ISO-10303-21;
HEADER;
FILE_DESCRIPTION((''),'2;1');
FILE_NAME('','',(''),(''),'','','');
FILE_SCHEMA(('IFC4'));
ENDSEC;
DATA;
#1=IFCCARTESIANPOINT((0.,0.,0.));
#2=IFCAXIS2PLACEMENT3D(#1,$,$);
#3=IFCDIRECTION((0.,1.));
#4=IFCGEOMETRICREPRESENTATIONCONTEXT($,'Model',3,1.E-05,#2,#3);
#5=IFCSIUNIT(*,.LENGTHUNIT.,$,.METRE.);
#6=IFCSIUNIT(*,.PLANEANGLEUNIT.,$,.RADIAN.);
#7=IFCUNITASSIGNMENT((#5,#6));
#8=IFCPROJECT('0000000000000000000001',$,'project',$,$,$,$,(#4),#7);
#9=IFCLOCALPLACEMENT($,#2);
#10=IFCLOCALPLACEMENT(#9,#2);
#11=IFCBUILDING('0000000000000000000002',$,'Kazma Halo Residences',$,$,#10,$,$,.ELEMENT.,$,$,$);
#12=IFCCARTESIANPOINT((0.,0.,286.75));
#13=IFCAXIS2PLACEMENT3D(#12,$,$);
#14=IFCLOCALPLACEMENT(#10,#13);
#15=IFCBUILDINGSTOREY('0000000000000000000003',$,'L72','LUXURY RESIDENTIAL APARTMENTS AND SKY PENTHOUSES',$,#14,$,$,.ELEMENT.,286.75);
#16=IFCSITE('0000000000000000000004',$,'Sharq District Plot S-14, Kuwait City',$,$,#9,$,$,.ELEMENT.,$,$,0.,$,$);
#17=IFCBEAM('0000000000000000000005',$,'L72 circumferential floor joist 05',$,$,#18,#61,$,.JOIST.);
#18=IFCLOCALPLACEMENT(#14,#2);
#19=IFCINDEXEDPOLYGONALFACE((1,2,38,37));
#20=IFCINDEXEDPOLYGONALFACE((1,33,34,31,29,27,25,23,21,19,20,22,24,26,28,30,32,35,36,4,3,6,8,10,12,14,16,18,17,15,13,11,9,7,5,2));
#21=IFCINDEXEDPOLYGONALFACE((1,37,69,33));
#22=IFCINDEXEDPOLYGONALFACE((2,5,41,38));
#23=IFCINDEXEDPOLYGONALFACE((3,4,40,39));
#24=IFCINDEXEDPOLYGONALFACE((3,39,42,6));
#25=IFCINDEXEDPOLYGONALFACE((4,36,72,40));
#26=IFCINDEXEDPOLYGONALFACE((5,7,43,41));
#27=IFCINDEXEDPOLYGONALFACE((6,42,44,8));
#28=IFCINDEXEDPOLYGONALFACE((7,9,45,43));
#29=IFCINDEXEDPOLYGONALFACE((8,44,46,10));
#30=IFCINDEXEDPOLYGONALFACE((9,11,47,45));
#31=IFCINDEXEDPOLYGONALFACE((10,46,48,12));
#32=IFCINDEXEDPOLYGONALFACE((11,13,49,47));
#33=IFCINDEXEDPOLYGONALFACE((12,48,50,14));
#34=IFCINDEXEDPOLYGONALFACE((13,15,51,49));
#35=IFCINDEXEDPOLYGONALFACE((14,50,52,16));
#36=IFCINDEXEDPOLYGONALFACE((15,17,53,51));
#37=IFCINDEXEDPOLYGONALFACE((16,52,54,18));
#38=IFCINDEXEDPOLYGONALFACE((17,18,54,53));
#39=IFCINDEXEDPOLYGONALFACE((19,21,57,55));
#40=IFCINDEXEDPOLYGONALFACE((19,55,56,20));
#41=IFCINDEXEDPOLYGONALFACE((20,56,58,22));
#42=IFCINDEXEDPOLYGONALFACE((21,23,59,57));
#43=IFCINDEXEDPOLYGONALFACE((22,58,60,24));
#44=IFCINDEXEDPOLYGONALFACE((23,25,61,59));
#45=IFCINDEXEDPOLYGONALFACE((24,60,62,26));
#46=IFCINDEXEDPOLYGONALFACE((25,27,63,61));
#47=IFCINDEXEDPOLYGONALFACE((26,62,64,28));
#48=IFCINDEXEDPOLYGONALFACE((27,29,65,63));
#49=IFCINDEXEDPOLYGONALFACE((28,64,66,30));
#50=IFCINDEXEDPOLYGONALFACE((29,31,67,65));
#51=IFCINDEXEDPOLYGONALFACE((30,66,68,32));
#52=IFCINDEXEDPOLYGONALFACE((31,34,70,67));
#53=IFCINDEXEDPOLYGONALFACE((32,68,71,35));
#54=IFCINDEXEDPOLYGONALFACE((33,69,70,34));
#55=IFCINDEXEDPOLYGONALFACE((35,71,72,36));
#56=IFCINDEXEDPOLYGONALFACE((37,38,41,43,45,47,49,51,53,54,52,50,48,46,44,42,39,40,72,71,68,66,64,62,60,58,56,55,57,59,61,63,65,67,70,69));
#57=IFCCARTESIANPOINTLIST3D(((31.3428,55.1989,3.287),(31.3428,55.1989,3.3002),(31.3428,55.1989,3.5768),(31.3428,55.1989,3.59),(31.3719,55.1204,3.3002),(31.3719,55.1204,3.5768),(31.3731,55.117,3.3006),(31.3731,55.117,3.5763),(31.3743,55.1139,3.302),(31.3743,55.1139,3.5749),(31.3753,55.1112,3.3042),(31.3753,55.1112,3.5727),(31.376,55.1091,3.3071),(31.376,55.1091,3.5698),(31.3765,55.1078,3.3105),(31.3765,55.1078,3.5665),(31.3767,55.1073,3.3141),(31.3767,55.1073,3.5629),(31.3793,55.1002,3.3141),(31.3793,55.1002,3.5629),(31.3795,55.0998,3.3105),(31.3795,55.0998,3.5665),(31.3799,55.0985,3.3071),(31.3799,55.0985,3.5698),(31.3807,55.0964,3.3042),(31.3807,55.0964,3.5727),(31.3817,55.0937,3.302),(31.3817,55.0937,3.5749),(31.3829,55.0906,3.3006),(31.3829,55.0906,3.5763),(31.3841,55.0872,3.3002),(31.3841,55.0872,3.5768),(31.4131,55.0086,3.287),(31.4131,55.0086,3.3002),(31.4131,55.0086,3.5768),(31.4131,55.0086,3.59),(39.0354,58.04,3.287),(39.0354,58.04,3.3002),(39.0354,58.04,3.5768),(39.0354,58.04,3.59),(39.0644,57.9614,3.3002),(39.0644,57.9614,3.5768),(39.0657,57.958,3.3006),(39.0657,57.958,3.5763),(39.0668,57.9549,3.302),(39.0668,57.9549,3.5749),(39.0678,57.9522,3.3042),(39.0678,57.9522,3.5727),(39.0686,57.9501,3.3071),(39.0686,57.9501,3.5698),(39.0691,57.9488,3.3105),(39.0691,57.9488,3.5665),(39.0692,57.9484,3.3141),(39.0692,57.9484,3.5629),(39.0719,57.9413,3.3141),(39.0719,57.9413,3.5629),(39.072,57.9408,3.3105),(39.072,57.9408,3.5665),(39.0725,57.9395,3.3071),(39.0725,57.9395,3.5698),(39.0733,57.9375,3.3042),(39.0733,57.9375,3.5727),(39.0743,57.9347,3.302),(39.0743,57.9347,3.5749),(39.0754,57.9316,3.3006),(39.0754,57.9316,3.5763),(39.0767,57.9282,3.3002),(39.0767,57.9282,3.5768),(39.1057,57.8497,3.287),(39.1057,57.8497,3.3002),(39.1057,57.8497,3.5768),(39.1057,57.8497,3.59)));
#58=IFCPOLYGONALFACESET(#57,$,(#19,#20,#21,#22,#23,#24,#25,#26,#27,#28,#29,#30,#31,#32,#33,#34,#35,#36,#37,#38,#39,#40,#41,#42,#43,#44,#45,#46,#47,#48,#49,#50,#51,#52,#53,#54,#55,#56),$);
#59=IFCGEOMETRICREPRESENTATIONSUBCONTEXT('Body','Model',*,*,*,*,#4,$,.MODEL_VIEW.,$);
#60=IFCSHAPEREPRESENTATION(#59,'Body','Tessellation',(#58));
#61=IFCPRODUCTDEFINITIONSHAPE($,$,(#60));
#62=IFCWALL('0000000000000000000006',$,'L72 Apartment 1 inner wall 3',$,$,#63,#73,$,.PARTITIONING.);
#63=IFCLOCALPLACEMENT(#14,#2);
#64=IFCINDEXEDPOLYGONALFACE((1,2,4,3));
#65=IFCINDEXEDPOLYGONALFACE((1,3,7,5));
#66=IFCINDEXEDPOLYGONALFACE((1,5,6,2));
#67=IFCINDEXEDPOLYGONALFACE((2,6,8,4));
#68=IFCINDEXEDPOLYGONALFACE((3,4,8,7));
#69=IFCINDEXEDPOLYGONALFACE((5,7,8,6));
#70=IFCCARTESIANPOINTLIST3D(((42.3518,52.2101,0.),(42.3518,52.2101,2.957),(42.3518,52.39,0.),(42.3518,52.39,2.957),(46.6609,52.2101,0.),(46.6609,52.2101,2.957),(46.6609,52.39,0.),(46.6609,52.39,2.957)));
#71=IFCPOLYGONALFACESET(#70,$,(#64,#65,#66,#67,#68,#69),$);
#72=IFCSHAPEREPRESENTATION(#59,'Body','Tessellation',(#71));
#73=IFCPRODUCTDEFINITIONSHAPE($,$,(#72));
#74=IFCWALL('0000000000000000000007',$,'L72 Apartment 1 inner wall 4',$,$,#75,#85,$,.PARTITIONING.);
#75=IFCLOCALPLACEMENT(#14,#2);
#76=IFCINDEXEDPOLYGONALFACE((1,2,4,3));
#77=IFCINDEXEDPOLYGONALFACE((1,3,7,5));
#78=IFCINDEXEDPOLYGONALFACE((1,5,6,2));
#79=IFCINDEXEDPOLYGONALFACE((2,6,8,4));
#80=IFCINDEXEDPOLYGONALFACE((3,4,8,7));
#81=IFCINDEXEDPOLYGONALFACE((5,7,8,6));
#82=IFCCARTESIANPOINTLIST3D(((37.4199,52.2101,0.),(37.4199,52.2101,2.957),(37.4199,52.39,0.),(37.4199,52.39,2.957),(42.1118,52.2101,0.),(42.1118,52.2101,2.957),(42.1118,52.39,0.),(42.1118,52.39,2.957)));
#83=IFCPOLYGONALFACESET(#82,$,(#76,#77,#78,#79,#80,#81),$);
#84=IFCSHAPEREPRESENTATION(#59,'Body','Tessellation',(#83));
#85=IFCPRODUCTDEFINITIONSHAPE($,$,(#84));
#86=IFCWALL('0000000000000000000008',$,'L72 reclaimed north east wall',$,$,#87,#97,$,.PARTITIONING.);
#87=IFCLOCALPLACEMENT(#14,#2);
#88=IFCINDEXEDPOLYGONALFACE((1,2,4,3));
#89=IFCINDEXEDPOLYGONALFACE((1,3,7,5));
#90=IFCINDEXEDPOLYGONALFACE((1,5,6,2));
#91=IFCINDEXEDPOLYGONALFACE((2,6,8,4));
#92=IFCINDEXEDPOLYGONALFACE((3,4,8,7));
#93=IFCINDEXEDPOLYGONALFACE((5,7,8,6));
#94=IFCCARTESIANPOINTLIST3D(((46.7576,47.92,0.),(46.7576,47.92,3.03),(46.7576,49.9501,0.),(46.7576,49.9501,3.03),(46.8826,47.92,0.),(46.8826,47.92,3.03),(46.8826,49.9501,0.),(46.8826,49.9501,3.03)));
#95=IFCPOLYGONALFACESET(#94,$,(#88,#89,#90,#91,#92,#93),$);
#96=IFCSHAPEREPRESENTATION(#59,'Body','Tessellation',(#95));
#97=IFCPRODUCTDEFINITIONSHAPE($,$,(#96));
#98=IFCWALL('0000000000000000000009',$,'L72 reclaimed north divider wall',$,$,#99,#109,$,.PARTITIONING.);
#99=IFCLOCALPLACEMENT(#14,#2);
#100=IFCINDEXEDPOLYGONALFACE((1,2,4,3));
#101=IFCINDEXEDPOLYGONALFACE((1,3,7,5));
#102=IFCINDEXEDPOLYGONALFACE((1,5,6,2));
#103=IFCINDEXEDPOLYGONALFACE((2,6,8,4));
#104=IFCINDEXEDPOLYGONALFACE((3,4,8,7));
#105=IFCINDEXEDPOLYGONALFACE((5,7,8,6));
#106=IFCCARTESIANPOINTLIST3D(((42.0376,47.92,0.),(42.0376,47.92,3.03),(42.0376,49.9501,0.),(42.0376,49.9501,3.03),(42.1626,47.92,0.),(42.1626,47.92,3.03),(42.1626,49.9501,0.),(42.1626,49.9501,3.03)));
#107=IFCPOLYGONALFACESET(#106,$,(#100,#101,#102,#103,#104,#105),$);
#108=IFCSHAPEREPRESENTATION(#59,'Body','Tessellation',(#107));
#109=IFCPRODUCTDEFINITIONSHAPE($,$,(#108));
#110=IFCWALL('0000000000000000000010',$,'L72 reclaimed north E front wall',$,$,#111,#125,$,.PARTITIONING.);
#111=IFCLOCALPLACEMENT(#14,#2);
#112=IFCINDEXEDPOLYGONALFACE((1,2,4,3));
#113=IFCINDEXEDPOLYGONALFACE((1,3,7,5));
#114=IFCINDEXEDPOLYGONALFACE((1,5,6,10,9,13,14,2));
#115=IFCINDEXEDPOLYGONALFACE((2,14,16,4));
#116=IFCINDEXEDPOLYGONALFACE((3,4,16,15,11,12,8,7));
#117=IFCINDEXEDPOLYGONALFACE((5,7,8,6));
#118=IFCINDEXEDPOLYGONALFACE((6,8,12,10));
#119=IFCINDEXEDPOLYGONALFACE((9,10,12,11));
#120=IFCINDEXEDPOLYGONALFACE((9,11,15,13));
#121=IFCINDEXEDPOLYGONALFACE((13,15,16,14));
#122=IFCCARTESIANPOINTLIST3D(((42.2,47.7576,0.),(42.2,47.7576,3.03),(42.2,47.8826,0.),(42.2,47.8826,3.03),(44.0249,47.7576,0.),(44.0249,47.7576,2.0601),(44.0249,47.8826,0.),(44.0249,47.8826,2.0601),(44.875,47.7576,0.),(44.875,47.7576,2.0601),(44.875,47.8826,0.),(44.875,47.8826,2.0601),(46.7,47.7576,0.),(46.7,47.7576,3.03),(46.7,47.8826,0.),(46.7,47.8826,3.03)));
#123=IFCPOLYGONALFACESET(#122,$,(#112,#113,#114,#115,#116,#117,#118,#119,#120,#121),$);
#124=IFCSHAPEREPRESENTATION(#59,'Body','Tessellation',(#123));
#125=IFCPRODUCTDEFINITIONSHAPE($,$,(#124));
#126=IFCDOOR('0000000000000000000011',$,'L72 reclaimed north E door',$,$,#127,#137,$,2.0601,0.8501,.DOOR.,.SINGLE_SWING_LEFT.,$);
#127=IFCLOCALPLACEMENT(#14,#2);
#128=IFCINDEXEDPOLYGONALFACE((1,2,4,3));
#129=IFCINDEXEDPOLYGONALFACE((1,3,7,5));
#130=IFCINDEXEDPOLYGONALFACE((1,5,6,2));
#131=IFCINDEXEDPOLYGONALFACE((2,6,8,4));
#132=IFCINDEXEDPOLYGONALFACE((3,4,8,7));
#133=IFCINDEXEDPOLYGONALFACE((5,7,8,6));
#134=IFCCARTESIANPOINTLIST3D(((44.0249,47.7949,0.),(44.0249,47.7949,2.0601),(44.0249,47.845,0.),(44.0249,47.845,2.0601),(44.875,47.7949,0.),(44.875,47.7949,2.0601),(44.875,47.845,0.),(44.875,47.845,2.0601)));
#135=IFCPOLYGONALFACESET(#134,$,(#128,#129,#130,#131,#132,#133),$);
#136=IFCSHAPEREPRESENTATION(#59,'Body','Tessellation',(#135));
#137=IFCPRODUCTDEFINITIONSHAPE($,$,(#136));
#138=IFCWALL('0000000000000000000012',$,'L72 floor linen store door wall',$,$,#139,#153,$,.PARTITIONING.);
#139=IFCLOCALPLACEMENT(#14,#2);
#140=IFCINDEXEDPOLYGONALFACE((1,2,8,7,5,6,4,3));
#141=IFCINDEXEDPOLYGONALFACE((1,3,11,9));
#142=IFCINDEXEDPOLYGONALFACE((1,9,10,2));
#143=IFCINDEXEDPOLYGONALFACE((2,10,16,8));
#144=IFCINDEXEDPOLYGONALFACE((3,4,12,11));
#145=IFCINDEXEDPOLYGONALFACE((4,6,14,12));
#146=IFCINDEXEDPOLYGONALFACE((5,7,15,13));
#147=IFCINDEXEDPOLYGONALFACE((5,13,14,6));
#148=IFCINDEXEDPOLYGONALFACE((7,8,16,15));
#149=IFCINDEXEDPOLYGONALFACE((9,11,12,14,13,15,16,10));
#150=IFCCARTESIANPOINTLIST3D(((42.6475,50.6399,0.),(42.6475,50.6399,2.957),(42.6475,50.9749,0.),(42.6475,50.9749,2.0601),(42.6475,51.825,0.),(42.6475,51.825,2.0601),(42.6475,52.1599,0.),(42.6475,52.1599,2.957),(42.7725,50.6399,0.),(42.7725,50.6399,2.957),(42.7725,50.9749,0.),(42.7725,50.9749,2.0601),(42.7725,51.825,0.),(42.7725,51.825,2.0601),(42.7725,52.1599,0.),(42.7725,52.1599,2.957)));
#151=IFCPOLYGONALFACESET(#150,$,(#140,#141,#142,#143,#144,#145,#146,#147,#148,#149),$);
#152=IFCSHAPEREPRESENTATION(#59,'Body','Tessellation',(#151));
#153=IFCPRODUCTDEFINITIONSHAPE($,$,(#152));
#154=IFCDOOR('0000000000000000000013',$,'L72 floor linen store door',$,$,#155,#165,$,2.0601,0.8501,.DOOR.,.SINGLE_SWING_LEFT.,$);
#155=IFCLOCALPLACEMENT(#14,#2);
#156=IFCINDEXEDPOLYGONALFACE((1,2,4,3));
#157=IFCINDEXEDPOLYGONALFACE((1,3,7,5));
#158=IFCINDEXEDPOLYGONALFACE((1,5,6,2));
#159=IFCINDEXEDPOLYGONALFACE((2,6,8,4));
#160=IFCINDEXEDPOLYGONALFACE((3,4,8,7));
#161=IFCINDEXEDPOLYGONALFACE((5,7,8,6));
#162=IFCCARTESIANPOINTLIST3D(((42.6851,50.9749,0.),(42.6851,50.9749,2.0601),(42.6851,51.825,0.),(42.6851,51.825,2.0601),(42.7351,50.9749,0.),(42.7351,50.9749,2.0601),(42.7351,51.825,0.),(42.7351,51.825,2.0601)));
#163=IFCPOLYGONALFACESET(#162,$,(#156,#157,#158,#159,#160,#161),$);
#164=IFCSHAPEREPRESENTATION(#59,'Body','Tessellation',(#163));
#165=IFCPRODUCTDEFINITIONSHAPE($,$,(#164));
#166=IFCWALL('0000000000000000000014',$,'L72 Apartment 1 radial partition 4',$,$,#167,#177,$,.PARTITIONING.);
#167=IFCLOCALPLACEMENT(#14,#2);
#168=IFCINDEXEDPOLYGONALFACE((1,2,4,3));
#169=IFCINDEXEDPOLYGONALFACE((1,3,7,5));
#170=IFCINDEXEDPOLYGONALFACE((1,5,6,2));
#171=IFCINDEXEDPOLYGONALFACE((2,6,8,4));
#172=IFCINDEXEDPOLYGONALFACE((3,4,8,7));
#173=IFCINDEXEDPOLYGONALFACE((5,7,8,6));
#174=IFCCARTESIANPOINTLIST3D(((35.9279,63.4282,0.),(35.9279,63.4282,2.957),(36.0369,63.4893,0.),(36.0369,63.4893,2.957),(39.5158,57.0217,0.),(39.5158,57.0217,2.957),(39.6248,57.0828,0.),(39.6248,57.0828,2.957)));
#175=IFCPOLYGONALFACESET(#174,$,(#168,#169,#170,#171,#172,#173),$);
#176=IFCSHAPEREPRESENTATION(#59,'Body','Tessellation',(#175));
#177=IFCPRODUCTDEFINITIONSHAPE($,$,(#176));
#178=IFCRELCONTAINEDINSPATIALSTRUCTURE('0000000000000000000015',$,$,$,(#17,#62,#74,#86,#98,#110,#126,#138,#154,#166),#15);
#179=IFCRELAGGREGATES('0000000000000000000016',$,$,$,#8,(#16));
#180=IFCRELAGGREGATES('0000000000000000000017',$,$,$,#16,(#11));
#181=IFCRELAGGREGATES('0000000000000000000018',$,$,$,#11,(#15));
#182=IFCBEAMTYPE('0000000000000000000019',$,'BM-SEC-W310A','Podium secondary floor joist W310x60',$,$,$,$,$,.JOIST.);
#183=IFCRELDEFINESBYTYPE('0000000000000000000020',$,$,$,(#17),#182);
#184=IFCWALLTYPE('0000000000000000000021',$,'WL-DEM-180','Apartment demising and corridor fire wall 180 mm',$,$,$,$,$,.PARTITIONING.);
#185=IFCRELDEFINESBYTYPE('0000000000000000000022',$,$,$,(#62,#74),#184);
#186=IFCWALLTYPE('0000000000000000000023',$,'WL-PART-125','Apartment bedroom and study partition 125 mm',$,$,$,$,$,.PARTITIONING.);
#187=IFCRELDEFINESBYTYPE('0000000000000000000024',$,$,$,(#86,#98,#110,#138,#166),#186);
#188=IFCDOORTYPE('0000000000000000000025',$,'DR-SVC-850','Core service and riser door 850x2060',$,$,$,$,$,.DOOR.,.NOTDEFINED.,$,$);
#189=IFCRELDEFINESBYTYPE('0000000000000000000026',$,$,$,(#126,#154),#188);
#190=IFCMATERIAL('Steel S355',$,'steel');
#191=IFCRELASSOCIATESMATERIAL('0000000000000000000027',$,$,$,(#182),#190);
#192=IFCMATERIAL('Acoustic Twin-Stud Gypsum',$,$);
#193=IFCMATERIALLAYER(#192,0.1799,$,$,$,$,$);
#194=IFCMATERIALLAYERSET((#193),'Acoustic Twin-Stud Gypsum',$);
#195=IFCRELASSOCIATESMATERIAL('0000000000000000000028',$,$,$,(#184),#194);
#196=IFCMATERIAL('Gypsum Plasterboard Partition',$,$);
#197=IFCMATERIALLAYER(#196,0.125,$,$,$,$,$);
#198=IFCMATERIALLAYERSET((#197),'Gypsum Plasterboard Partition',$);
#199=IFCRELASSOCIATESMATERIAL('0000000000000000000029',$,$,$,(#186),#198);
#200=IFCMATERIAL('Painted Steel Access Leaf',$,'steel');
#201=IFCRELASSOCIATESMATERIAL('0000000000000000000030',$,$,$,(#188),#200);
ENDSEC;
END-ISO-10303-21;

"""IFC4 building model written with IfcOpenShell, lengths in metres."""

from ifc_helpers import new_model, si_unit, direction, frame, frame_2d, origin, origin_2d, place, context, subcontext, project, spatial, rectangle, i_section, extrude, material, layer, layer_set, material_profile, profile_set, type_object, element, fill, save


model = new_model("IFC4")

# Units and contexts
model_context = context("Model", 3, precision=1e-05, world=origin(), true_north=direction((0.0, 1.0)))
body_context = subcontext(model_context, "Body", "Model", "MODEL_VIEW")
ifc_project = project(units=[si_unit("LENGTHUNIT", "METRE"), si_unit("PLANEANGLEUNIT", "RADIAN")], contexts=[model_context])

# Site, building, storey
site_placement = place(None, origin())
site = spatial("IfcSite", under=ifc_project, at=site_placement, Name="Sharq District Plot S-14, Kuwait City", CompositionType="ELEMENT", RefElevation=0.0)
building_placement = place(site_placement, origin())
building = spatial("IfcBuilding", under=site, at=building_placement, Name="Kazma Halo Residences", CompositionType="ELEMENT")
storey_placement = place(building_placement, frame((0.0, 0.0, 286.75)))
storey = spatial("IfcBuildingStorey", under=building, at=storey_placement, Name="L72", Description="LUXURY RESIDENTIAL APARTMENTS AND SKY PENTHOUSES", CompositionType="ELEMENT", Elevation=286.75)

# Beam
ifc_material_1 = material(Name="Steel S355", Category="steel")
ifc_material_profile_1 = material_profile(ifc_material_1, i_section(OverallWidth=0.2029, OverallDepth=0.303, WebThickness=0.0076, FlangeThickness=0.0132, FilletRadius=0.0139, at=origin_2d()), Name="W310x60")
ifc_profile_set_1 = profile_set([ifc_material_profile_1], Name="Steel S355")
beam_type_1 = type_object("IfcBeamType", Name="BM-SEC-W310A", Description="Podium secondary floor joist W310x60", PredefinedType="JOIST", material=ifc_profile_set_1)
beam_1_placement = place(storey_placement, frame((39.0706, 57.9448, 3.4385), z_axis=(-0.938068, -0.34645, 0.0), x_axis=(0.34645, -0.938068, 0.0)))
element("IfcBeam", 1, at=beam_1_placement, inside=storey, type_object=beam_type_1, Name="L72 circumferential floor joist 05", PredefinedType="JOIST", context=body_context, shape_type="SweptSolid", body=[
    extrude(i_section(OverallWidth=0.2029, OverallDepth=0.303, WebThickness=0.0076, FlangeThickness=0.0132, FilletRadius=0.0139, at=origin_2d()), origin(), (0.0, 0.0, 1.0), 8.2004),
])

# Walls
ifc_material_2 = material(Name="Acoustic Twin-Stud Gypsum")
ifc_layer_1 = layer(ifc_material_2, 0.1799)
ifc_layer_set_1 = layer_set([ifc_layer_1], Name="Acoustic Twin-Stud Gypsum")
wall_type_1 = type_object("IfcWallType", Name="WL-DEM-180", Description="Apartment demising and corridor fire wall 180 mm", PredefinedType="PARTITIONING", material=ifc_layer_set_1)
wall_1_placement = place(storey_placement, frame((46.6609, 52.3, 0.0), z_axis=(0.0, 0.0, 1.0), x_axis=(-1.0, 0.0, 0.0)))
element("IfcWall", 2, at=wall_1_placement, inside=storey, type_object=wall_type_1, Name="L72 Apartment 1 inner wall 3", PredefinedType="PARTITIONING", context=body_context, shape_type="SweptSolid", body=[
    extrude(rectangle(XDim=4.3091, YDim=0.1799, at=frame_2d((2.1545, 0.0))), origin(), (0.0, 0.0, 1.0), 2.957),
])
wall_2_placement = place(storey_placement, frame((42.1118, 52.3, 0.0), z_axis=(0.0, 0.0, 1.0), x_axis=(-1.0, 0.0, 0.0)))
element("IfcWall", 3, at=wall_2_placement, inside=storey, type_object=wall_type_1, Name="L72 Apartment 1 inner wall 4", PredefinedType="PARTITIONING", context=body_context, shape_type="SweptSolid", body=[
    extrude(rectangle(XDim=4.6919, YDim=0.1799, at=frame_2d((2.3459, 0.0))), origin(), (0.0, 0.0, 1.0), 2.957),
])
ifc_material_3 = material(Name="Gypsum Plasterboard Partition")
ifc_layer_2 = layer(ifc_material_3, 0.125)
ifc_layer_set_2 = layer_set([ifc_layer_2], Name="Gypsum Plasterboard Partition")
wall_type_2 = type_object("IfcWallType", Name="WL-PART-125", Description="Apartment bedroom and study partition 125 mm", PredefinedType="PARTITIONING", material=ifc_layer_set_2)
for number, where, z_axis, x_axis, name in (
    (4, (46.8201, 47.9199, 0.0), (0.0, 0.0, 1.0), (0.0, 1.0, 0.0), "L72 reclaimed north east wall"),
    (5, (42.1001, 47.9199, 0.0), (0.0, 0.0, 1.0), (0.0, 1.0, 0.0), "L72 reclaimed north divider wall"),
):
    element("IfcWall", number, at=place(storey_placement, frame(where, z_axis=z_axis, x_axis=x_axis)), inside=storey, type_object=wall_type_2, Name=name, PredefinedType="PARTITIONING", context=body_context, shape_type="SweptSolid", body=[
        extrude(rectangle(XDim=2.03, YDim=0.125, at=frame_2d((1.0151, 0.0))), origin(), (0.0, 0.0, 1.0), 3.03),
    ])

# Walls, openings, doors
wall_3_placement = place(storey_placement, frame((42.2, 47.8201, 0.0), z_axis=(0.0, 0.0, 1.0), x_axis=(1.0, 0.0, 0.0)))
wall_3 = element("IfcWall", 6, at=wall_3_placement, inside=storey, type_object=wall_type_2, Name="L72 reclaimed north E front wall", PredefinedType="PARTITIONING", context=body_context, shape_type="SweptSolid", body=[
    extrude(rectangle(XDim=4.5, YDim=0.125, at=frame_2d((2.25, 0.0))), origin(), (0.0, 0.0, 1.0), 3.03),
])
opening_1_placement = place(wall_3_placement, frame((1.825, 0.0, 0.0)))
opening_1 = element("IfcOpeningElement", 7, at=opening_1_placement, cuts=wall_3, PredefinedType="OPENING", context=body_context, shape_type="SweptSolid", body=[
    extrude(rectangle(XDim=0.8501, YDim=2.0601, at=frame_2d((0.425, 1.03))), frame((0.0, 0.0725, 0.0), z_axis=(0.0, -1.0, 0.0), x_axis=(1.0, 0.0, 0.0)), (0.0, 0.0, 1.0), 0.145),
])
ifc_material_4 = material(Name="Painted Steel Access Leaf", Category="steel")
door_type_1 = type_object("IfcDoorType", Name="DR-SVC-850", Description="Core service and riser door 850x2060", OperationType="NOTDEFINED", PredefinedType="DOOR", material=ifc_material_4)
door_1_placement = place(opening_1_placement, origin())
door_1 = element("IfcDoor", 8, at=door_1_placement, inside=storey, type_object=door_type_1, Name="L72 reclaimed north E door", OperationType="SINGLE_SWING_LEFT", OverallHeight=2.0601, OverallWidth=0.8501, PredefinedType="DOOR", context=body_context, shape_type="SweptSolid", body=[
    extrude(rectangle(XDim=0.8501, YDim=2.0601, at=frame_2d((0.425, 1.03))), frame((0.0, 0.0249, 0.0), z_axis=(0.0, -1.0, 0.0), x_axis=(1.0, 0.0, 0.0)), (0.0, 0.0, 1.0), 0.05),
])
fill(opening_1, door_1)
wall_4_placement = place(storey_placement, frame((42.71, 50.6399, 0.0), z_axis=(0.0, 0.0, 1.0), x_axis=(0.0, 1.0, 0.0)))
wall_4 = element("IfcWall", 9, at=wall_4_placement, inside=storey, type_object=wall_type_2, Name="L72 floor linen store door wall", PredefinedType="PARTITIONING", context=body_context, shape_type="SweptSolid", body=[
    extrude(rectangle(XDim=1.52, YDim=0.125, at=frame_2d((0.76, 0.0))), origin(), (0.0, 0.0, 1.0), 2.957),
])
opening_2_placement = place(wall_4_placement, frame((0.335, 0.0, 0.0)))
opening_2 = element("IfcOpeningElement", 10, at=opening_2_placement, cuts=wall_4, PredefinedType="OPENING", context=body_context, shape_type="SweptSolid", body=[
    extrude(rectangle(XDim=0.8501, YDim=2.0601, at=frame_2d((0.425, 1.03))), frame((0.0, 0.0725, 0.0), z_axis=(0.0, -1.0, 0.0), x_axis=(1.0, 0.0, 0.0)), (0.0, 0.0, 1.0), 0.145),
])
door_2_placement = place(opening_2_placement, origin())
door_2 = element("IfcDoor", 11, at=door_2_placement, inside=storey, type_object=door_type_1, Name="L72 floor linen store door", OperationType="SINGLE_SWING_LEFT", OverallHeight=2.0601, OverallWidth=0.8501, PredefinedType="DOOR", context=body_context, shape_type="SweptSolid", body=[
    extrude(rectangle(XDim=0.8501, YDim=2.0601, at=frame_2d((0.425, 1.03))), frame((0.0, 0.0249, 0.0), z_axis=(0.0, -1.0, 0.0), x_axis=(1.0, 0.0, 0.0)), (0.0, 0.0, 1.0), 0.05),
])
fill(opening_2, door_2)

# Wall
wall_5_placement = place(storey_placement, frame((39.5703, 57.0522, 0.0), z_axis=(0.0, 0.0, 1.0), x_axis=(-0.48863, 0.872491, 0.0)))
element("IfcWall", 12, at=wall_5_placement, inside=storey, type_object=wall_type_2, Name="L72 Apartment 1 radial partition 4", PredefinedType="PARTITIONING", context=body_context, shape_type="SweptSolid", body=[
    extrude(rectangle(XDim=7.3428, YDim=0.125, at=frame_2d((3.6714, 0.0))), origin(), (0.0, 0.0, 1.0), 2.957),
])

save(model, "model.ifc")
